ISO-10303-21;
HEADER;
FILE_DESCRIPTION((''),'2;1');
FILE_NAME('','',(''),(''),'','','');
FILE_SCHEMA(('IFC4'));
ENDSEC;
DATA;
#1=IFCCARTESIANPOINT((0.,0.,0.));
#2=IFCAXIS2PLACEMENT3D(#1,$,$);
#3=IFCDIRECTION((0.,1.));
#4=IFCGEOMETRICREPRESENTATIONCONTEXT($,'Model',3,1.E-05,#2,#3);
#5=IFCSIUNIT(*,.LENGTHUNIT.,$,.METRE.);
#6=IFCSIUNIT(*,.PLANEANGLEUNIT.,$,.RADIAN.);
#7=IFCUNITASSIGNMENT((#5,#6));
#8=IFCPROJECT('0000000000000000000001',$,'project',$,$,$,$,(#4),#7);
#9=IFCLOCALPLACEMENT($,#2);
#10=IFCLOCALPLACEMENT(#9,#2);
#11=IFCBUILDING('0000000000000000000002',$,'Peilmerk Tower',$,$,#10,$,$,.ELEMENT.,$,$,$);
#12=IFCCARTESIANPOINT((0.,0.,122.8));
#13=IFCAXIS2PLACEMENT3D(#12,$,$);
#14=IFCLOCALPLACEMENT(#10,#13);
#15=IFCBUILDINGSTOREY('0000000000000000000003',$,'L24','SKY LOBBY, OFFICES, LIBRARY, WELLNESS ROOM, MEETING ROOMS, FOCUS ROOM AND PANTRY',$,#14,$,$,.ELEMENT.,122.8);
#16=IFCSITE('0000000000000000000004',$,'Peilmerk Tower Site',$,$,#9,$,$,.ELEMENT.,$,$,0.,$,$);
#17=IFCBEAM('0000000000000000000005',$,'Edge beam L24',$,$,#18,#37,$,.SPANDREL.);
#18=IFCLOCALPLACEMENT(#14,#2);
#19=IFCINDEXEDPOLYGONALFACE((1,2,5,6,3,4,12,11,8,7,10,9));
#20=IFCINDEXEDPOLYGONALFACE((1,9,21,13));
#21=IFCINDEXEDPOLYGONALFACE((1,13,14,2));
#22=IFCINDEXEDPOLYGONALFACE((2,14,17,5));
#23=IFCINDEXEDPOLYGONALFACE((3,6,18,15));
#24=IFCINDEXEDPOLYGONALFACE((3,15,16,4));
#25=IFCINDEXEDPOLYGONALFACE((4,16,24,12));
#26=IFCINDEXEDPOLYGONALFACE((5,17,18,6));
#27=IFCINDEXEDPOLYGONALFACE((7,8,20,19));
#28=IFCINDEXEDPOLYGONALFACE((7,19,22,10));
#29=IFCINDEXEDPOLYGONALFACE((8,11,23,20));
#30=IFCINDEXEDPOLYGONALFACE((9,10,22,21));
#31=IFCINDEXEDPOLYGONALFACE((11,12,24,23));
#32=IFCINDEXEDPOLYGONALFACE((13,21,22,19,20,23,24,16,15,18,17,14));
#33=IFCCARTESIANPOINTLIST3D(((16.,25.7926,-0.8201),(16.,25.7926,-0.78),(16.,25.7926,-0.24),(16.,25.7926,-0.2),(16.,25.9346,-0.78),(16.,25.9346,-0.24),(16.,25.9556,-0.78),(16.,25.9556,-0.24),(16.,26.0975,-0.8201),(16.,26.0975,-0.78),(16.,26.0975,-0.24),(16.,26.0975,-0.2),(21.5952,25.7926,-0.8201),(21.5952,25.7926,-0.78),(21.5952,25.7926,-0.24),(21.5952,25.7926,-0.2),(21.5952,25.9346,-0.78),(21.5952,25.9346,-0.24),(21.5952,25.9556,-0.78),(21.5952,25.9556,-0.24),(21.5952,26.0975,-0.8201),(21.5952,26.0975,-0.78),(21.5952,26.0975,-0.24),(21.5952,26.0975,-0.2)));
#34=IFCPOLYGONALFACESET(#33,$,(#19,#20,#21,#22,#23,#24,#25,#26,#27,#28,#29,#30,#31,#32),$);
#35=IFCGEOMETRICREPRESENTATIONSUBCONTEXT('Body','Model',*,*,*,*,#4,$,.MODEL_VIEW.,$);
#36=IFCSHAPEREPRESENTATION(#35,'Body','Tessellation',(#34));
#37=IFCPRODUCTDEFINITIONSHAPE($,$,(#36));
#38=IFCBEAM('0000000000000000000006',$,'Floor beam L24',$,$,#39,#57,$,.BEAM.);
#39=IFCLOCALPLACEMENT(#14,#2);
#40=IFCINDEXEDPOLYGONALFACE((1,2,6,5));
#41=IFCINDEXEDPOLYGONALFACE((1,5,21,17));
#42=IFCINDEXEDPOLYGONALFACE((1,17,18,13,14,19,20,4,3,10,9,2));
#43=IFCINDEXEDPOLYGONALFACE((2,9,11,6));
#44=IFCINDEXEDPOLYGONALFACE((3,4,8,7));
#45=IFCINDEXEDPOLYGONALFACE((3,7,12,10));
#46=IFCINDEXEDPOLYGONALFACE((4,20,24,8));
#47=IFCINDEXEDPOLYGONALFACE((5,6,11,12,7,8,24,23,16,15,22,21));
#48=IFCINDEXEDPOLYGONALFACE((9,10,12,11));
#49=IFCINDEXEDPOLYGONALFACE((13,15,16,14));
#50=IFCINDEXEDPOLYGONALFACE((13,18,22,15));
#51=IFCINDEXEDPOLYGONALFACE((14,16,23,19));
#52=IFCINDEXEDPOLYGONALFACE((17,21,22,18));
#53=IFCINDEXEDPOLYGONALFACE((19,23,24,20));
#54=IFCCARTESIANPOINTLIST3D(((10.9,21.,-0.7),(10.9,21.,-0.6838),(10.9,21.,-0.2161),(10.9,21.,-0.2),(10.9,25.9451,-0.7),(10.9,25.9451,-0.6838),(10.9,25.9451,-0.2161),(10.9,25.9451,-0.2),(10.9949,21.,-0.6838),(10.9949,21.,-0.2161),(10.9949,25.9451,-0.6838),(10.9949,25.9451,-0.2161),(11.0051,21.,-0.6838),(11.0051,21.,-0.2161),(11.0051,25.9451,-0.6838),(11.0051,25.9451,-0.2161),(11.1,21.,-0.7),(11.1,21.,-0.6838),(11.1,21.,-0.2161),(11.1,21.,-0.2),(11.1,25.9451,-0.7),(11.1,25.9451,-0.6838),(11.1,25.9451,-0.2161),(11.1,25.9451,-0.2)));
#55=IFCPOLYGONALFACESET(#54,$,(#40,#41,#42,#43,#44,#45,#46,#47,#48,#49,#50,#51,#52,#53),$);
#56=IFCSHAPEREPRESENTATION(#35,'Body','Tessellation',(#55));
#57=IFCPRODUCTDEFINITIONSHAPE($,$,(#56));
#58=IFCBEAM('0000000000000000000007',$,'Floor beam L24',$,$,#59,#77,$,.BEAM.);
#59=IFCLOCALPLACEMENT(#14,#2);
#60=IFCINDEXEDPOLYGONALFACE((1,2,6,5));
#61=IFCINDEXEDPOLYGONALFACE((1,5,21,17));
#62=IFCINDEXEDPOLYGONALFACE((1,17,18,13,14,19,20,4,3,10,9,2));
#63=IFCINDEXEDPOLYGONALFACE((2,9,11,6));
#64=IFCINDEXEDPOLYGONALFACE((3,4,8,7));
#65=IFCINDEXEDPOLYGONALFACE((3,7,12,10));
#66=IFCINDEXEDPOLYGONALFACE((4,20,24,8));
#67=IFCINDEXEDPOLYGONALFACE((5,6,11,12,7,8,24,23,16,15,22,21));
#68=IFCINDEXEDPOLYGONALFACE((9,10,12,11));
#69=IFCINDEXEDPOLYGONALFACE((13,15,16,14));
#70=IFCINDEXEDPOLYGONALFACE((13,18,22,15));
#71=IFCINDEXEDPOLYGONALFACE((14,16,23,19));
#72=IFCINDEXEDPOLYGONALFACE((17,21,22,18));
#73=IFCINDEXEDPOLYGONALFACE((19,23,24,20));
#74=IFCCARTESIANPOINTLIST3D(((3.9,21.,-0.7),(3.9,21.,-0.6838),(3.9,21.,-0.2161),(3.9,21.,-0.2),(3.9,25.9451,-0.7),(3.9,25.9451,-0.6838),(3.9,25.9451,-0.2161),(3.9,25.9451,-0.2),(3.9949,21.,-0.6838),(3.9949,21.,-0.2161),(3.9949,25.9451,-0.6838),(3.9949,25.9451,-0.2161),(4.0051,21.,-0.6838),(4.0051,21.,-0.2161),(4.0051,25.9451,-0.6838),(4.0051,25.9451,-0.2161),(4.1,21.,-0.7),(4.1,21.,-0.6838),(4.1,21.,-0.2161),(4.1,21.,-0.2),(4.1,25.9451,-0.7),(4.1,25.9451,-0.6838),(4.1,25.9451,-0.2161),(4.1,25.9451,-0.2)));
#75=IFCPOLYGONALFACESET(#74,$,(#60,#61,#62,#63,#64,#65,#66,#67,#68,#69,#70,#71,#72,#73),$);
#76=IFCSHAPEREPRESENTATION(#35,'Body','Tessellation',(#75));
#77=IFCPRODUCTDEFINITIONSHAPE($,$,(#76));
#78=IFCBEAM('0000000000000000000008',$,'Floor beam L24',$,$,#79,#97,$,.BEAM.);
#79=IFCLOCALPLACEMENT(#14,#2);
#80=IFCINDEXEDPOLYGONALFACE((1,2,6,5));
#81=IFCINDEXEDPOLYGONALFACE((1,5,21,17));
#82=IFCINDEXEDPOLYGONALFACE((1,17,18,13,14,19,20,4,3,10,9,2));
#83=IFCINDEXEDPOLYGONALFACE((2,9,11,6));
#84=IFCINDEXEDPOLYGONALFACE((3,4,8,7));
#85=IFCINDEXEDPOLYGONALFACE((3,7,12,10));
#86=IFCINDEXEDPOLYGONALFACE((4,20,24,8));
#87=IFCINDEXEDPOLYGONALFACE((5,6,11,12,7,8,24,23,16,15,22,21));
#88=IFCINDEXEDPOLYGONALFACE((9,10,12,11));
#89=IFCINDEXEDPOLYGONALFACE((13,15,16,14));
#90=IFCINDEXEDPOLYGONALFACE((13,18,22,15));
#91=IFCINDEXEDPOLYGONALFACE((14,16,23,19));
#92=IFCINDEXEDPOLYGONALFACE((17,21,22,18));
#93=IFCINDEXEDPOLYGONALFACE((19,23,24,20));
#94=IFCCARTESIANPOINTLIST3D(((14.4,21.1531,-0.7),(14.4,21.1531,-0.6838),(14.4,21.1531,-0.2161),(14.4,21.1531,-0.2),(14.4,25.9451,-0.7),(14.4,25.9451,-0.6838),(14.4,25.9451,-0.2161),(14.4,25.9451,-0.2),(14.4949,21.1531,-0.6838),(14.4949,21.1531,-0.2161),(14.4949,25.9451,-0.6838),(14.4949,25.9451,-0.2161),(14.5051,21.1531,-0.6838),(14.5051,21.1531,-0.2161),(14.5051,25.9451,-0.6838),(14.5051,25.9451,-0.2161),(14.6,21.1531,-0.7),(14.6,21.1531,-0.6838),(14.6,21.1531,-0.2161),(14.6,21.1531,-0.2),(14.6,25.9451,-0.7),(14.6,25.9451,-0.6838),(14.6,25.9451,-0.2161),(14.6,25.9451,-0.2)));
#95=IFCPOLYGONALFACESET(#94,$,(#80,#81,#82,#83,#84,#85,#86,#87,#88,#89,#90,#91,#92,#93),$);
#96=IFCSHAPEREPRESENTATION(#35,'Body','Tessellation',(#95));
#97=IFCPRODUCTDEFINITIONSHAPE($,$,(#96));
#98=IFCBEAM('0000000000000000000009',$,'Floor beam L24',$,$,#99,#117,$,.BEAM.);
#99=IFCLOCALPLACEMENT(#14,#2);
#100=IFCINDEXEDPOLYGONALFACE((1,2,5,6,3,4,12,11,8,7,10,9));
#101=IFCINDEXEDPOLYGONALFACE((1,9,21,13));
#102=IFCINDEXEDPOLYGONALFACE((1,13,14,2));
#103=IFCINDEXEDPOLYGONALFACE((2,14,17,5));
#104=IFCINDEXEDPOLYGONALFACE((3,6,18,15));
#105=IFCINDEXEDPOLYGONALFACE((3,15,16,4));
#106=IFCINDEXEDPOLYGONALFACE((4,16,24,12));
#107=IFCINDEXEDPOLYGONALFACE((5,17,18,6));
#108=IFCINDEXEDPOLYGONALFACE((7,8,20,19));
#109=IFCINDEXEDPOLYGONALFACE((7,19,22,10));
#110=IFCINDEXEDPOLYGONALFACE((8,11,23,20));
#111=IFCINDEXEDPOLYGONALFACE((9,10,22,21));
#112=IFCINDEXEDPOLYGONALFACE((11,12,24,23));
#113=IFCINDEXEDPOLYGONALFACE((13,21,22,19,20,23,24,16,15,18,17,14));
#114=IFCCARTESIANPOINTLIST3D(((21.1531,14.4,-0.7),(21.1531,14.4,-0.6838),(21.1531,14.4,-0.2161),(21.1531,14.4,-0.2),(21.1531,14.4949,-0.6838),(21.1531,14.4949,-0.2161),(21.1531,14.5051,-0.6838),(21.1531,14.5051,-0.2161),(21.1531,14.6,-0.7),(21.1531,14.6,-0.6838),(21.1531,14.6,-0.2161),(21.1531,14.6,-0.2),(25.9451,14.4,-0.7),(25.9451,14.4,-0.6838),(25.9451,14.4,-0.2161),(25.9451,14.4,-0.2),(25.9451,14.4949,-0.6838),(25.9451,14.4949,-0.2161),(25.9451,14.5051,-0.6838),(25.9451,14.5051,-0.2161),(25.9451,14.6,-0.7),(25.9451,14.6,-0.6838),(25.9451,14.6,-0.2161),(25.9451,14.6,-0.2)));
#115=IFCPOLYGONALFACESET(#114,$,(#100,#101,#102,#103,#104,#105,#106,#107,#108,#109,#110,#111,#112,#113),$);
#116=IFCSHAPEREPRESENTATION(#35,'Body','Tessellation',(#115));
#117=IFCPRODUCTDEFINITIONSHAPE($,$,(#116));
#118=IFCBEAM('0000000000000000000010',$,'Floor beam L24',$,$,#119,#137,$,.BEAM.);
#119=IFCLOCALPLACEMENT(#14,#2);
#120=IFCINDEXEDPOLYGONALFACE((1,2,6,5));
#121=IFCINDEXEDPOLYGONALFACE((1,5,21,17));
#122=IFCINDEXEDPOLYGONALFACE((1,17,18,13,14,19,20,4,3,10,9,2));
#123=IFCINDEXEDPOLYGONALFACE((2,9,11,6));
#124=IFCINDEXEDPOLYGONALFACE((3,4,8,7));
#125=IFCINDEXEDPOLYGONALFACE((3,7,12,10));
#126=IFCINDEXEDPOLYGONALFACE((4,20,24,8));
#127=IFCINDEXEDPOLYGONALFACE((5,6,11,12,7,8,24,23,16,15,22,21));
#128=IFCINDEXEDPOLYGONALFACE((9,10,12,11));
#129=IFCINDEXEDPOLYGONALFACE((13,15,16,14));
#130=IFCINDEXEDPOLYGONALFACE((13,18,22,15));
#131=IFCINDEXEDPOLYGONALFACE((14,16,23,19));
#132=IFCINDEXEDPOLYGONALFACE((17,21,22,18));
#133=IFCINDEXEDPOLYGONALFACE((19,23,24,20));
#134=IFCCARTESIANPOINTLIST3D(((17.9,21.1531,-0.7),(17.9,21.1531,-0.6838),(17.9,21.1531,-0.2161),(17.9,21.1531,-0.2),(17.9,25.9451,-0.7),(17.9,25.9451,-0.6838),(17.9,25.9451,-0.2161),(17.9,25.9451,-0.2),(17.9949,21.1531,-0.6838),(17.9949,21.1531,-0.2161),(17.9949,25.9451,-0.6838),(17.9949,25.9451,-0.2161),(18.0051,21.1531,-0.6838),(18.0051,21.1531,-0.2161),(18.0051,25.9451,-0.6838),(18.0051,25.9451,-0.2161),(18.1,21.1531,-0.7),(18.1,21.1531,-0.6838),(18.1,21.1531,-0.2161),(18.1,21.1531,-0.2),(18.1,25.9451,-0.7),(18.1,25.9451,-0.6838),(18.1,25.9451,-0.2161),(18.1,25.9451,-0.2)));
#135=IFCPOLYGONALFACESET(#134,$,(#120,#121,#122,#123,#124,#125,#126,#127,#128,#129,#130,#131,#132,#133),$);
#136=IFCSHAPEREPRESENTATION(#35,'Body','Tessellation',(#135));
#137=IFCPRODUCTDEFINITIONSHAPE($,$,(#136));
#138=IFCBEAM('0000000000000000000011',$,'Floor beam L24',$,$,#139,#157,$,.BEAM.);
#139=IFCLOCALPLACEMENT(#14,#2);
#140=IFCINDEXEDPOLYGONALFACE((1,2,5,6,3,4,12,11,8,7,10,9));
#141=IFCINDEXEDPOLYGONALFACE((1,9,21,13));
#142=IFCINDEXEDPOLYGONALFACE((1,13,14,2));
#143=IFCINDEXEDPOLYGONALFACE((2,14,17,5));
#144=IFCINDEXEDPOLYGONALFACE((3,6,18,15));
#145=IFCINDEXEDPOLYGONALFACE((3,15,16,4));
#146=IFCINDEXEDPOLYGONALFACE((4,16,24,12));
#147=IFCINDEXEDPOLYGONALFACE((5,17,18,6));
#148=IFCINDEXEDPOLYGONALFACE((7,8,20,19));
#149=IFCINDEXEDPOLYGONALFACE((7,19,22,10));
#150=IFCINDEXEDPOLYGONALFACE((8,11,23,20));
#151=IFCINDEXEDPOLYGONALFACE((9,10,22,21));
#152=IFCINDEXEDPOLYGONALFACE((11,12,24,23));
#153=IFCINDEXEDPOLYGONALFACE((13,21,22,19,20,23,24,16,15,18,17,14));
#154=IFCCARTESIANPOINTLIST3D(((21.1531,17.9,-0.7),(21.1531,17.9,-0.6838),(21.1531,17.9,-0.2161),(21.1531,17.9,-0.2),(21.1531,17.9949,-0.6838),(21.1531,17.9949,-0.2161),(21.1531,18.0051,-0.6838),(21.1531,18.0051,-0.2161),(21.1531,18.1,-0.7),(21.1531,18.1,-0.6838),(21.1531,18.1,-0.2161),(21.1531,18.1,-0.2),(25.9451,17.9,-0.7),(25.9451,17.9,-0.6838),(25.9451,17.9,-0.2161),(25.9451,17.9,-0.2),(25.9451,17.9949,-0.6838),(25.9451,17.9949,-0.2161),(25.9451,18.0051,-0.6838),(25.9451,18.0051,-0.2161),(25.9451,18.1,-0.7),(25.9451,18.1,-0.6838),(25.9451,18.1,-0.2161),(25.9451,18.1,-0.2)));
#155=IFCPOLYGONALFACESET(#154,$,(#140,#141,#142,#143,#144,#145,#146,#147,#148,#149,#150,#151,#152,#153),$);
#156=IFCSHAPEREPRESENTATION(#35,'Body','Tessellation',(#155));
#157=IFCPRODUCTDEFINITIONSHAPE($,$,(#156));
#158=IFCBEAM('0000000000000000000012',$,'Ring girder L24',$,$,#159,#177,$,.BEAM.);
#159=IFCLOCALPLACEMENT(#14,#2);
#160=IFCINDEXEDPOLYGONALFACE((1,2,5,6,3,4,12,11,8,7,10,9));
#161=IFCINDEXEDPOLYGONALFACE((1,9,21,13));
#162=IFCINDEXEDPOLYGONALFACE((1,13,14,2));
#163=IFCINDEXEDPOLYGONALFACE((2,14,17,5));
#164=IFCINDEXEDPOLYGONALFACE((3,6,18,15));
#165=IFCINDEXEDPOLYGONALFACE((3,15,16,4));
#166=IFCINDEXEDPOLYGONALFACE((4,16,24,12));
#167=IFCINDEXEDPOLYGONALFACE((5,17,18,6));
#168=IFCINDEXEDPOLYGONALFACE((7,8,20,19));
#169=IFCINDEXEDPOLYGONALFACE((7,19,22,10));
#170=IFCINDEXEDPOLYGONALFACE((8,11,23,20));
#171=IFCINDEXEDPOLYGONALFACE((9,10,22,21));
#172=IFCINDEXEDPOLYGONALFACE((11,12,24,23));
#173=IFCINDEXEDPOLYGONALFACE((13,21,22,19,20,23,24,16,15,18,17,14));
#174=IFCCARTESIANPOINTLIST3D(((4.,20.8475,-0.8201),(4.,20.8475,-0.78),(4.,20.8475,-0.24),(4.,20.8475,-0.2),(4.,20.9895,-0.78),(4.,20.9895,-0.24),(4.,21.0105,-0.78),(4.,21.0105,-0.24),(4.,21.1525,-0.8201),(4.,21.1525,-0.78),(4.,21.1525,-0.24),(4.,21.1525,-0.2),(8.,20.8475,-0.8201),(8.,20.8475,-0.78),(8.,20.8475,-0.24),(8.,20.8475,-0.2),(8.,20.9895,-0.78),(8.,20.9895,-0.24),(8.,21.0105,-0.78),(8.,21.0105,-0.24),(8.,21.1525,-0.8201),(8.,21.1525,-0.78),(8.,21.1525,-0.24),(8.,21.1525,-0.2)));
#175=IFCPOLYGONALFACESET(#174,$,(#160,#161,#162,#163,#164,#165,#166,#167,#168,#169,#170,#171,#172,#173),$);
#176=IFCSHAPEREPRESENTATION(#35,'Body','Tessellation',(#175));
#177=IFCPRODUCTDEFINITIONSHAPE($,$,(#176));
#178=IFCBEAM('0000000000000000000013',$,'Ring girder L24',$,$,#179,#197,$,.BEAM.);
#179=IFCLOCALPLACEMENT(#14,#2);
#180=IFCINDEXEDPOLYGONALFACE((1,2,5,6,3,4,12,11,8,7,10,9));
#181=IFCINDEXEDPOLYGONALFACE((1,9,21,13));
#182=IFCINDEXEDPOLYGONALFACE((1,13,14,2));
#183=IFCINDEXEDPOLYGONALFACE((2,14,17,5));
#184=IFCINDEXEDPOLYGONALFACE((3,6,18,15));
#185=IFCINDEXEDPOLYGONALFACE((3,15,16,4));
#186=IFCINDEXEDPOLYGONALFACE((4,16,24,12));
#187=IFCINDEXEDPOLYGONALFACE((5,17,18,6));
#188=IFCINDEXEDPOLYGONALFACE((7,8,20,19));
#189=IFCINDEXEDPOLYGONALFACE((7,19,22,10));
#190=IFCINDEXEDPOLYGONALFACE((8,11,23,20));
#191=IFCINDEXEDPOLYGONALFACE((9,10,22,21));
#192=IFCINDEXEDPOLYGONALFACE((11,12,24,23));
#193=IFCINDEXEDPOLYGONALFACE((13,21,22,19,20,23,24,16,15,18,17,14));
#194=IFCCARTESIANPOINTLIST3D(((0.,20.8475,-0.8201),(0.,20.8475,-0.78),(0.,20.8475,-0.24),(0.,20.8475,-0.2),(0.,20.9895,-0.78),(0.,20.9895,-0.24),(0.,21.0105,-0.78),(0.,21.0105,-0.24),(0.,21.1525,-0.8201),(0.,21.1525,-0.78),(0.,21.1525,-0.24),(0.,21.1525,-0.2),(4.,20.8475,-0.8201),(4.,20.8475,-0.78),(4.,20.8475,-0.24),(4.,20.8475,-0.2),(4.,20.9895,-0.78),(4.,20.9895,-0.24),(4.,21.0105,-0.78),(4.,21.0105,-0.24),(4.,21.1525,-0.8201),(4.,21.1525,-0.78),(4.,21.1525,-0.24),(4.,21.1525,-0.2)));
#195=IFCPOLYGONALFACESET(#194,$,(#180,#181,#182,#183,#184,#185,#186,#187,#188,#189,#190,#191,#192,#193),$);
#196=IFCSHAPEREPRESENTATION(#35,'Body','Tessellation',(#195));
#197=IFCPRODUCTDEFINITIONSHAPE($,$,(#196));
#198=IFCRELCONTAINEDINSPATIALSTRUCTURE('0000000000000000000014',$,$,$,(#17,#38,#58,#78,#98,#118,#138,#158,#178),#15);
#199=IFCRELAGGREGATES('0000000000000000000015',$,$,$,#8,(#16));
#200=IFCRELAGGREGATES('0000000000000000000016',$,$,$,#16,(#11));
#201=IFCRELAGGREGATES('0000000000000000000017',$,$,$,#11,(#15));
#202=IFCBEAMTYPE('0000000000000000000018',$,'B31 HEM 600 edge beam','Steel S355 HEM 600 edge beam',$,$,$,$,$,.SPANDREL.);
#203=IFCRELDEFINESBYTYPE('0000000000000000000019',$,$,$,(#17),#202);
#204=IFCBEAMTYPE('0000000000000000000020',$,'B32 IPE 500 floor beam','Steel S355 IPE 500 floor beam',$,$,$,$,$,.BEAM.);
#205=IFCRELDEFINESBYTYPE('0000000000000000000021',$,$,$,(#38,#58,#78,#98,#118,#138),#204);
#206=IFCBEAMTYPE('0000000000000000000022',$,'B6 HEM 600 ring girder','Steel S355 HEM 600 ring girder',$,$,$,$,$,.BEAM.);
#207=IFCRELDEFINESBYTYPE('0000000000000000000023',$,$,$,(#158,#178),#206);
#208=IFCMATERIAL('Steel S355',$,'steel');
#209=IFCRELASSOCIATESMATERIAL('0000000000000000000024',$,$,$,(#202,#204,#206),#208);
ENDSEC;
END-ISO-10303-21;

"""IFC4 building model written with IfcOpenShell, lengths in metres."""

from ifc_helpers import new_model, si_unit, direction, frame, origin, origin_2d, place, context, subcontext, project, spatial, i_section, extrude, material, material_profile, profile_set, type_object, element, save


model = new_model("IFC4")

# Units and contexts
model_context = context("Model", 3, precision=1e-05, world=origin(), true_north=direction((0.0, 1.0)))
body_context = subcontext(model_context, "Body", "Model", "MODEL_VIEW")
ifc_project = project(units=[si_unit("LENGTHUNIT", "METRE"), si_unit("PLANEANGLEUNIT", "RADIAN")], contexts=[model_context])

# Site, building, storey
site_placement = place(None, origin())
site = spatial("IfcSite", under=ifc_project, at=site_placement, Name="Peilmerk Tower Site", CompositionType="ELEMENT", RefElevation=0.0)
building_placement = place(site_placement, origin())
building = spatial("IfcBuilding", under=site, at=building_placement, Name="Peilmerk Tower", CompositionType="ELEMENT")
storey_placement = place(building_placement, frame((0.0, 0.0, 122.8)))
storey = spatial("IfcBuildingStorey", under=building, at=storey_placement, Name="L24", Description="SKY LOBBY, OFFICES, LIBRARY, WELLNESS ROOM, MEETING ROOMS, FOCUS ROOM AND PANTRY", CompositionType="ELEMENT", Elevation=122.8)

# Beams
ifc_material_1 = material(Name="Steel S355", Category="steel")
ifc_material_profile_1 = material_profile(ifc_material_1, i_section(OverallWidth=0.3049, OverallDepth=0.6201, WebThickness=0.021, FlangeThickness=0.04, at=origin_2d()), Name="HEM 600")
ifc_profile_set_1 = profile_set([ifc_material_profile_1], Name="Steel S355")
beam_type_1 = type_object("IfcBeamType", Name="B31 HEM 600 edge beam", Description="Steel S355 HEM 600 edge beam", PredefinedType="SPANDREL", material=ifc_profile_set_1)
beam_1_placement = place(storey_placement, frame((21.5952, 25.9451, -0.51), z_axis=(-1.0, 0.0, 0.0), x_axis=(0.0, -1.0, 0.0)))
element("IfcBeam", 1, at=beam_1_placement, inside=storey, type_object=beam_type_1, Name="Edge beam L24", PredefinedType="SPANDREL", context=body_context, shape_type="SweptSolid", body=[
    extrude(i_section(OverallWidth=0.3049, OverallDepth=0.6201, WebThickness=0.021, FlangeThickness=0.04, at=origin_2d()), origin(), (0.0, 0.0, 1.0), 5.5952),
])
ifc_material_profile_2 = material_profile(ifc_material_1, i_section(OverallWidth=0.2, OverallDepth=0.5, WebThickness=0.0103, FlangeThickness=0.0161, at=origin_2d()), Name="IPE 500")
ifc_profile_set_2 = profile_set([ifc_material_profile_2], Name="Steel S355")
beam_type_2 = type_object("IfcBeamType", Name="B32 IPE 500 floor beam", Description="Steel S355 IPE 500 floor beam", PredefinedType="BEAM", material=ifc_profile_set_2)
for number, where, z_axis, x_axis, name in (
    (2, (11.0, 21.0, -0.45), (0.0, 1.0, 0.0), (-1.0, 0.0, 0.0), "Floor beam L24"),
    (3, (4.0, 21.0, -0.45), (0.0, 1.0, 0.0), (-1.0, 0.0, 0.0), "Floor beam L24"),
):
    element("IfcBeam", number, at=place(storey_placement, frame(where, z_axis=z_axis, x_axis=x_axis)), inside=storey, type_object=beam_type_2, Name=name, PredefinedType="BEAM", context=body_context, shape_type="SweptSolid", body=[
        extrude(i_section(OverallWidth=0.2, OverallDepth=0.5, WebThickness=0.0103, FlangeThickness=0.0161, at=origin_2d()), origin(), (0.0, 0.0, 1.0), 4.9451),
    ])
for number, where, z_axis, x_axis, name in (
    (4, (14.5, 21.1531, -0.45), (0.0, 1.0, 0.0), (-1.0, 0.0, 0.0), "Floor beam L24"),
    (5, (21.1531, 14.5, -0.45), (1.0, 0.0, 0.0), (0.0, 1.0, 0.0), "Floor beam L24"),
    (6, (18.0, 21.1531, -0.45), (0.0, 1.0, 0.0), (-1.0, 0.0, 0.0), "Floor beam L24"),
    (7, (21.1531, 18.0, -0.45), (1.0, 0.0, 0.0), (0.0, 1.0, 0.0), "Floor beam L24"),
):
    element("IfcBeam", number, at=place(storey_placement, frame(where, z_axis=z_axis, x_axis=x_axis)), inside=storey, type_object=beam_type_2, Name=name, PredefinedType="BEAM", context=body_context, shape_type="SweptSolid", body=[
        extrude(i_section(OverallWidth=0.2, OverallDepth=0.5, WebThickness=0.0103, FlangeThickness=0.0161, at=origin_2d()), origin(), (0.0, 0.0, 1.0), 4.792),
    ])
ifc_material_profile_3 = material_profile(ifc_material_1, i_section(OverallWidth=0.3049, OverallDepth=0.6201, WebThickness=0.021, FlangeThickness=0.04, at=origin_2d()), Name="HEM 600")
ifc_profile_set_3 = profile_set([ifc_material_profile_3], Name="Steel S355")
beam_type_3 = type_object("IfcBeamType", Name="B6 HEM 600 ring girder", Description="Steel S355 HEM 600 ring girder", PredefinedType="BEAM", material=ifc_profile_set_3)
for number, where, z_axis, x_axis, name in (
    (8, (8.0, 21.0, -0.51), (-1.0, 0.0, 0.0), (0.0, -1.0, 0.0), "Ring girder L24"),
    (9, (4.0, 21.0, -0.51), (-1.0, 0.0, 0.0), (0.0, -1.0, 0.0), "Ring girder L24"),
):
    element("IfcBeam", number, at=place(storey_placement, frame(where, z_axis=z_axis, x_axis=x_axis)), inside=storey, type_object=beam_type_3, Name=name, PredefinedType="BEAM", context=body_context, shape_type="SweptSolid", body=[
        extrude(i_section(OverallWidth=0.3049, OverallDepth=0.6201, WebThickness=0.021, FlangeThickness=0.04, at=origin_2d()), origin(), (0.0, 0.0, 1.0), 4.0),
    ])

save(model, "model.ifc")
